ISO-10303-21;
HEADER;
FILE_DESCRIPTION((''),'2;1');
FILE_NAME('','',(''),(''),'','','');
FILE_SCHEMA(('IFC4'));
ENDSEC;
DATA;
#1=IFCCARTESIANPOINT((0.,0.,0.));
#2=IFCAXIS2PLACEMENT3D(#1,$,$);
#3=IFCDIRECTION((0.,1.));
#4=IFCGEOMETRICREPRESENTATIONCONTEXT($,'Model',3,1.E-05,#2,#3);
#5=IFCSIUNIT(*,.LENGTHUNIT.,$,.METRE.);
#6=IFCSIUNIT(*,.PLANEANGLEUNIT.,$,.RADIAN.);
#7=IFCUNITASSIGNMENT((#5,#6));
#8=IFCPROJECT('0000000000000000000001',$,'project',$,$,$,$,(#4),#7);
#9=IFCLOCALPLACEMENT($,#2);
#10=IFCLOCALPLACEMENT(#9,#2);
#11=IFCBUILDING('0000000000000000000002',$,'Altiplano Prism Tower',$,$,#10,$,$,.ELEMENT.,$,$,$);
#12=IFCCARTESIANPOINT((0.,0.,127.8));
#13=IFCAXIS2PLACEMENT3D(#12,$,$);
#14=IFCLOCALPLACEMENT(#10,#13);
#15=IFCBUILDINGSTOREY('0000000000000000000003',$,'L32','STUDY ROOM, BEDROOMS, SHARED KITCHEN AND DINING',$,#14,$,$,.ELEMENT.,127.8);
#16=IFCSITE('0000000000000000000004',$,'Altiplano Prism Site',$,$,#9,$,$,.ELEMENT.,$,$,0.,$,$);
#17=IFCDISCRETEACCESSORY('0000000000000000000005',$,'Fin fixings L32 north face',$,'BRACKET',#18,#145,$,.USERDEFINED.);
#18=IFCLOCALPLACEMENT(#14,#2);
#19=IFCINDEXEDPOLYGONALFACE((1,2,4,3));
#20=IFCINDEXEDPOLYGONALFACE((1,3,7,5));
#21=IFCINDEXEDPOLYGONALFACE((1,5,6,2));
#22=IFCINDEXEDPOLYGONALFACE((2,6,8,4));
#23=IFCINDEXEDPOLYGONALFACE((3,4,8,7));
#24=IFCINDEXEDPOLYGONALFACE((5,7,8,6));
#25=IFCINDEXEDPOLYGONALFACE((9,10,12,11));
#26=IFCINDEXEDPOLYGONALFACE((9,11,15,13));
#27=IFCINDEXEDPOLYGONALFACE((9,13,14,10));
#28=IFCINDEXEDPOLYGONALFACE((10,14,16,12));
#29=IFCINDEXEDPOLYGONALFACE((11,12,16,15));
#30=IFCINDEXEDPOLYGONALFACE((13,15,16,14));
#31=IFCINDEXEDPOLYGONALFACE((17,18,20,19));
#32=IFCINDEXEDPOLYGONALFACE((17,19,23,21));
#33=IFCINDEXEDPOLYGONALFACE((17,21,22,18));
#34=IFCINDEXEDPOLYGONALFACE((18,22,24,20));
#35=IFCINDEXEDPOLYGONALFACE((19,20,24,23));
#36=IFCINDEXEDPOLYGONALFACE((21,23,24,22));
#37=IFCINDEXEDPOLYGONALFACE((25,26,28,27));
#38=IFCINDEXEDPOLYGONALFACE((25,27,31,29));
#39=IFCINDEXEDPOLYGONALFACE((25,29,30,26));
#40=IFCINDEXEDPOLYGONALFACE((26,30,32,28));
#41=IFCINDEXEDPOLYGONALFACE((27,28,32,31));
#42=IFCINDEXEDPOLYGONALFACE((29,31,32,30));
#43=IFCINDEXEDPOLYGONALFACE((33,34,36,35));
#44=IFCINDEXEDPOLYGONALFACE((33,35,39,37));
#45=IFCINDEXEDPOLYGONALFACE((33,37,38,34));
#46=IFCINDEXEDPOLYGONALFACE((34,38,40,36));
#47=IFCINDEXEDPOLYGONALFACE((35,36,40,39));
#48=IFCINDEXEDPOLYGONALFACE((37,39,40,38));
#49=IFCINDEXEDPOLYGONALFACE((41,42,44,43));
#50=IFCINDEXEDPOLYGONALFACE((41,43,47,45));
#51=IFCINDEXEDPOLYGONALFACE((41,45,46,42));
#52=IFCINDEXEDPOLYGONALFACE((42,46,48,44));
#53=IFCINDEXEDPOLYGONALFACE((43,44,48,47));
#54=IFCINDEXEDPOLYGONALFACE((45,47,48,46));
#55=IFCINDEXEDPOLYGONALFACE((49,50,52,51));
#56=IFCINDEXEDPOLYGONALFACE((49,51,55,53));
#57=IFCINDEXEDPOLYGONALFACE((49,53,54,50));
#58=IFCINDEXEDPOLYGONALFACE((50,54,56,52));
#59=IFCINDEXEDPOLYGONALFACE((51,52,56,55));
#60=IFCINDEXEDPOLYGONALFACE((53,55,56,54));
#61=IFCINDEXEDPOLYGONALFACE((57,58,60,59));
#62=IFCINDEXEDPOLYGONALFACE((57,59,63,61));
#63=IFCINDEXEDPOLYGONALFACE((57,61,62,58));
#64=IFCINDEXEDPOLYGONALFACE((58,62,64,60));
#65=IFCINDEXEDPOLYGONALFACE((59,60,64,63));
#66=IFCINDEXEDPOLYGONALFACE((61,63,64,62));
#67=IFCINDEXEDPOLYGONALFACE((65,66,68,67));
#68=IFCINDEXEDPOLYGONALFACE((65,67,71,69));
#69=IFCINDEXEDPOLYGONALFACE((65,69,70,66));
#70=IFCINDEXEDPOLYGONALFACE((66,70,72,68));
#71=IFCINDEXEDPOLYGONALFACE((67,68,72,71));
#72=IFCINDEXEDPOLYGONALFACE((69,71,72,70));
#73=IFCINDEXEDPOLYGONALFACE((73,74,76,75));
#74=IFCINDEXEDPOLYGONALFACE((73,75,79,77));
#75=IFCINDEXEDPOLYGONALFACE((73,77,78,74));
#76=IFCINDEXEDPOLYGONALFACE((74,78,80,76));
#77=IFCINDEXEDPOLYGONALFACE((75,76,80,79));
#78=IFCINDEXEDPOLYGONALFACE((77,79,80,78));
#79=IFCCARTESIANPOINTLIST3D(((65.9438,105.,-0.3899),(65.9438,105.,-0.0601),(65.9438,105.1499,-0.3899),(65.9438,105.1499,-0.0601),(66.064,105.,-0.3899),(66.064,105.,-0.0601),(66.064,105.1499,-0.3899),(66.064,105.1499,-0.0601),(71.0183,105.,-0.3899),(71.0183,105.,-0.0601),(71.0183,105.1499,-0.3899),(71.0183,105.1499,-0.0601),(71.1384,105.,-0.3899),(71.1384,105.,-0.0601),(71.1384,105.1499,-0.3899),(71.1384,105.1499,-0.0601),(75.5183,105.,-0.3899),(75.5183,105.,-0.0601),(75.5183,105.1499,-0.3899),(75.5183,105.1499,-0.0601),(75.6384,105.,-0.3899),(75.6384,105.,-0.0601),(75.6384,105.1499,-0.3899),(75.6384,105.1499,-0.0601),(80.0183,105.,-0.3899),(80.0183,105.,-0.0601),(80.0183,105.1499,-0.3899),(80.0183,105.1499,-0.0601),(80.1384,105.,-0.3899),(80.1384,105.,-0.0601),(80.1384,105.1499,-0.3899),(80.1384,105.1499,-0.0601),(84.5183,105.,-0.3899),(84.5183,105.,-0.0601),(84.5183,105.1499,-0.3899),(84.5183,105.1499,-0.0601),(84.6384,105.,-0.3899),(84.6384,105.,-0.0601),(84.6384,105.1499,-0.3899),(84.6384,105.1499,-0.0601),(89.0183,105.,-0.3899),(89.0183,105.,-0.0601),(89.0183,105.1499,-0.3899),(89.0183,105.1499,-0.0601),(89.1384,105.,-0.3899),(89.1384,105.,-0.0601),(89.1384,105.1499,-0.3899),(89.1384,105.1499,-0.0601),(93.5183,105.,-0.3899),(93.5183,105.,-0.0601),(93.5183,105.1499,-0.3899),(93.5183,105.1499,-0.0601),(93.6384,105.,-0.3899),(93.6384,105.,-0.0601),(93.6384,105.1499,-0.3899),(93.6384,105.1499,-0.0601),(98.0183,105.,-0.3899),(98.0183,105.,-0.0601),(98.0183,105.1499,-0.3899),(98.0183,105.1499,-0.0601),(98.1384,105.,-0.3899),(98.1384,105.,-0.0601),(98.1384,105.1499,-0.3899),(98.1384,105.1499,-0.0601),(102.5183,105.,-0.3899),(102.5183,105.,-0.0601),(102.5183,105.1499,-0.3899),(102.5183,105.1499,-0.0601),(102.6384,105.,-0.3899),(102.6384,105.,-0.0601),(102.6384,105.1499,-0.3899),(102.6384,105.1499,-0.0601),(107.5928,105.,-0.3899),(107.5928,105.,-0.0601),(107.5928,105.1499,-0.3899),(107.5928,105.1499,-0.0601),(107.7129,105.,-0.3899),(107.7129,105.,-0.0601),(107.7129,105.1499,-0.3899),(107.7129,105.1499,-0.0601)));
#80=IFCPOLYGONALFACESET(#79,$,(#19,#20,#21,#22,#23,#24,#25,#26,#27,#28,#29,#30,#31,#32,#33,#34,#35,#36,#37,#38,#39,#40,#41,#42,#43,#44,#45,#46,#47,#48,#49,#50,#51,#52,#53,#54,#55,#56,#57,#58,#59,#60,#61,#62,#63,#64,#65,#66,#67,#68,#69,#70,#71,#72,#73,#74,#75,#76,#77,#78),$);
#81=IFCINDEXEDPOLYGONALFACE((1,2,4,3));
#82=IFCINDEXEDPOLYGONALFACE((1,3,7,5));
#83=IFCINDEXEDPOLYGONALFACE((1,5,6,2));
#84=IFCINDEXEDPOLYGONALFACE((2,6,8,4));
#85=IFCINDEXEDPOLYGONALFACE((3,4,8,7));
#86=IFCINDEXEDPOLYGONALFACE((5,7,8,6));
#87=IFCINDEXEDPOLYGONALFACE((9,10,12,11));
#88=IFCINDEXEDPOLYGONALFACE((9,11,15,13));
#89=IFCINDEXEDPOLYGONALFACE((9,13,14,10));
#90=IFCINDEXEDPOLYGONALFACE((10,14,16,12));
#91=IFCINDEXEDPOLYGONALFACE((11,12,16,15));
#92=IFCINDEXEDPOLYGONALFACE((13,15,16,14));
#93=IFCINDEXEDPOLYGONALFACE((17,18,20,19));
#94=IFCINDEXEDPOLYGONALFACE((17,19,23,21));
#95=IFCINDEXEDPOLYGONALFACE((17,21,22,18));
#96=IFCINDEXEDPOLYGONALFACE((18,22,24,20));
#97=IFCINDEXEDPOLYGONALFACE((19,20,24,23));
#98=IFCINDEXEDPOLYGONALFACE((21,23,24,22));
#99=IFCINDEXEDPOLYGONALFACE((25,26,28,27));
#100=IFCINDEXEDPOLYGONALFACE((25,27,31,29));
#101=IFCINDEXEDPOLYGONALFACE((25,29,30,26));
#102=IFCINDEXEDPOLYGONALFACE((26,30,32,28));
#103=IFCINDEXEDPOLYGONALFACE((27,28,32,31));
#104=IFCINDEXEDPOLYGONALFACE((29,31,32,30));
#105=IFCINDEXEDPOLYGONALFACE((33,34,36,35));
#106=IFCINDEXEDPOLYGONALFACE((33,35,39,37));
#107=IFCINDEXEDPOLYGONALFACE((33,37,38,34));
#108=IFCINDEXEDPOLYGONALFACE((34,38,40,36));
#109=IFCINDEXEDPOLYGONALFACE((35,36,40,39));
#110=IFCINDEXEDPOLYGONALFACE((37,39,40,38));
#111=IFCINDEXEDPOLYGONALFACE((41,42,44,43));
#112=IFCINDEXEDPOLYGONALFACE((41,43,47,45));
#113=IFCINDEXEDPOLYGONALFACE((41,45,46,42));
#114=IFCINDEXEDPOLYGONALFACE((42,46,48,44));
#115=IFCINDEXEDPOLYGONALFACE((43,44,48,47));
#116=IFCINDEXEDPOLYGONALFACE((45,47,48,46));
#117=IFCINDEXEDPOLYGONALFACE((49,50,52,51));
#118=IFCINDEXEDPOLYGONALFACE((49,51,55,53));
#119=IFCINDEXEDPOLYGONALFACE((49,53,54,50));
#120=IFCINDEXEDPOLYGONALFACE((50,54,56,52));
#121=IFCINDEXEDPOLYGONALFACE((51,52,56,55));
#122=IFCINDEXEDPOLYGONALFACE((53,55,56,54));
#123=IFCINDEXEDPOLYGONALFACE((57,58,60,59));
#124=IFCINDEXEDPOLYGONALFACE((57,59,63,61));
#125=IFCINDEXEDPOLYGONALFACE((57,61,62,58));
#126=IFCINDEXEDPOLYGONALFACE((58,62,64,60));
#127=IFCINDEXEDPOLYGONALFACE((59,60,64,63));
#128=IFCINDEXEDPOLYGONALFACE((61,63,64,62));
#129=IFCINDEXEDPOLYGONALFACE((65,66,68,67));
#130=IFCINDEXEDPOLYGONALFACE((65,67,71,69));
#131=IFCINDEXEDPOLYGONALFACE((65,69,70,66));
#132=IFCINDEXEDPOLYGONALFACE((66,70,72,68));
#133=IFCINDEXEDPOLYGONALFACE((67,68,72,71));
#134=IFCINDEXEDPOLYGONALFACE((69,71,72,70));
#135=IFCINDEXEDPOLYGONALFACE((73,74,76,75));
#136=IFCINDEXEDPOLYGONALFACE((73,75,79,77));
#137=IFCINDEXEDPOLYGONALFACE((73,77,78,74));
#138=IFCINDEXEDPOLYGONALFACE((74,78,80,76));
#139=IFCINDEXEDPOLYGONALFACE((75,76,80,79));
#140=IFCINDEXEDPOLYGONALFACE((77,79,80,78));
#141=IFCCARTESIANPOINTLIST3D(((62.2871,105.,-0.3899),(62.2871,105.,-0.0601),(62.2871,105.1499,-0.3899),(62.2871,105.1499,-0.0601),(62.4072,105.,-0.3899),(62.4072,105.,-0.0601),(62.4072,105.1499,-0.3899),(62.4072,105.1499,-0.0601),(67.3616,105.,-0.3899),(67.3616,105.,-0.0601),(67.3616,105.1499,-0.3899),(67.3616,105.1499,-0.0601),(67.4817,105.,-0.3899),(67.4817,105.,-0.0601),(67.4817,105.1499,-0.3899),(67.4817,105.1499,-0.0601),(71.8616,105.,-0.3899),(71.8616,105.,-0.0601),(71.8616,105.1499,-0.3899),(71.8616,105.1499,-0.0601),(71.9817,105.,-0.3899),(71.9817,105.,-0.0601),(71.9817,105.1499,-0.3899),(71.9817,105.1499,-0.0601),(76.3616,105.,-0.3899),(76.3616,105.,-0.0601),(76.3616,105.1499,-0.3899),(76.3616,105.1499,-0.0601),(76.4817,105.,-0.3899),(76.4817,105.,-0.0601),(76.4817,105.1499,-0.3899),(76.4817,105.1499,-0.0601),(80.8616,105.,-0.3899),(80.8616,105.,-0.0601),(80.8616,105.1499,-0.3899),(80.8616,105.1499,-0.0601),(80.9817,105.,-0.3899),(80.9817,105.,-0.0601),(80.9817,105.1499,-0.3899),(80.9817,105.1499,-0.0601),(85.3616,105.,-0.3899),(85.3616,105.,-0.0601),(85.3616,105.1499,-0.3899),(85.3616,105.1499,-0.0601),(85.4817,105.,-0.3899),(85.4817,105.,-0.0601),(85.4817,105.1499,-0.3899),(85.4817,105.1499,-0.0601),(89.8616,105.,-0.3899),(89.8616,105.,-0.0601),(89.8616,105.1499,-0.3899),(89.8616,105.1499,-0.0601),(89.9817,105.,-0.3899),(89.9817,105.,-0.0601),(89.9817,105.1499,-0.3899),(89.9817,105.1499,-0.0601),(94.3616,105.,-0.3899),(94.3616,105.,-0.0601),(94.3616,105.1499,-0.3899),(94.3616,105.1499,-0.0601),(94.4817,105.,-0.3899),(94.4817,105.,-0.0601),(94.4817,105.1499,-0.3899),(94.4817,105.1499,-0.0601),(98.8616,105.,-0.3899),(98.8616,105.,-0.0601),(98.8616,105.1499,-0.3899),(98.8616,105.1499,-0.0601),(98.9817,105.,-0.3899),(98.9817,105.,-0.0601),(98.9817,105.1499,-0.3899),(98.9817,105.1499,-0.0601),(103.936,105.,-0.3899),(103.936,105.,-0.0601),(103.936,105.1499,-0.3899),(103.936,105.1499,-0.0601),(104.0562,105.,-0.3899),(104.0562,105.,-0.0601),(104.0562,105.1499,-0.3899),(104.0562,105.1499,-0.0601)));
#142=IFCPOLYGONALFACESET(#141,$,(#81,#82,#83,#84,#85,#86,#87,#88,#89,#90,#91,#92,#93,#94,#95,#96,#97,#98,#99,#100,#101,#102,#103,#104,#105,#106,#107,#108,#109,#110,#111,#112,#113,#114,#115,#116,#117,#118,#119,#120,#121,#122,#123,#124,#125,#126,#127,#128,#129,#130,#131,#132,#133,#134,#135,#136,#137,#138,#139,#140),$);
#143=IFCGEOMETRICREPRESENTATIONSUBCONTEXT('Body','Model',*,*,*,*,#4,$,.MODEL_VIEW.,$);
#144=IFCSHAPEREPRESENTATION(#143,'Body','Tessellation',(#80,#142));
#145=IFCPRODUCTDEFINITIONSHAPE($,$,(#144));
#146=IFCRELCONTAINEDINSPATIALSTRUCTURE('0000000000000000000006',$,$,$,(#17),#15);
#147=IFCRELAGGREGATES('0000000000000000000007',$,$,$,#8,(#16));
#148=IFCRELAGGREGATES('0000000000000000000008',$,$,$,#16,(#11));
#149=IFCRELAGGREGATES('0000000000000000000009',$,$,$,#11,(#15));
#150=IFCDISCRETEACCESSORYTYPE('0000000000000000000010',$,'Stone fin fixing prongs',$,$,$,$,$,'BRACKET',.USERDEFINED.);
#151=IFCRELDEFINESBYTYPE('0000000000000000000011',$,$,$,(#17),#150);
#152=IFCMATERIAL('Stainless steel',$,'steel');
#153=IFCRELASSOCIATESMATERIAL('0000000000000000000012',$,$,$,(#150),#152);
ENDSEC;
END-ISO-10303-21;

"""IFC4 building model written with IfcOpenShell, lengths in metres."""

from ifc_helpers import new_model, si_unit, direction, frame, origin, place, context, subcontext, project, spatial, polyline, outline, extrude, source, transform, mapped, material, type_object, element, save


model = new_model("IFC4")

# Units and contexts
model_context = context("Model", 3, precision=1e-05, world=origin(), true_north=direction((0.0, 1.0)))
body_context = subcontext(model_context, "Body", "Model", "MODEL_VIEW")
ifc_project = project(units=[si_unit("LENGTHUNIT", "METRE"), si_unit("PLANEANGLEUNIT", "RADIAN")], contexts=[model_context])

# Site, building, storey
site_placement = place(None, origin())
site = spatial("IfcSite", under=ifc_project, at=site_placement, Name="Altiplano Prism Site", CompositionType="ELEMENT", RefElevation=0.0)
building_placement = place(site_placement, origin())
building = spatial("IfcBuilding", under=site, at=building_placement, Name="Altiplano Prism Tower", CompositionType="ELEMENT")
storey_placement = place(building_placement, frame((0.0, 0.0, 127.8)))
storey = spatial("IfcBuildingStorey", under=building, at=storey_placement, Name="L32", Description="STUDY ROOM, BEDROOMS, SHARED KITCHEN AND DINING", CompositionType="ELEMENT", Elevation=127.8)

# Discrete accessory
ifc_material_1 = material(Name="Stainless steel", Category="steel")
discrete_accessory_type = type_object("IfcDiscreteAccessoryType", Name="Stone fin fixing prongs", ElementType="BRACKET", PredefinedType="USERDEFINED", material=ifc_material_1)
shared_shape_1 = source(origin(), body_context, "Body", "SweptSolid", [
    extrude(outline(polyline([(-1.8884, 0.0601), (-1.7683, 0.0601), (-1.7683, 0.3899), (-1.8884, 0.3899), (-1.8884, 0.0601)])), frame((0.0, 0.0, 0.0), z_axis=(0.0, -1.0, 0.0), x_axis=(1.0, 0.0, 0.0)), (0.0, 0.0, 1.0), 0.1499),
    extrude(outline(polyline([(1.7683, 0.0601), (1.8884, 0.0601), (1.8884, 0.3899), (1.7683, 0.3899), (1.7683, 0.0601)])), frame((0.0, 0.0, 0.0), z_axis=(0.0, -1.0, 0.0), x_axis=(1.0, 0.0, 0.0)), (0.0, 0.0, 1.0), 0.1499),
])
shared_shape_2 = source(origin(), body_context, "Body", "SweptSolid", [
    extrude(outline(polyline([(-1.8884, 0.0601), (-1.7683, 0.0601), (-1.7683, 0.3899), (-1.8884, 0.3899), (-1.8884, 0.0601)])), frame((0.0, 0.0, 0.0), z_axis=(0.0, -1.0, 0.0), x_axis=(1.0, 0.0, 0.0)), (0.0, 0.0, 1.0), 0.1499),
    extrude(outline(polyline([(1.7683, 0.0601), (1.8884, 0.0601), (1.8884, 0.3899), (1.7683, 0.3899), (1.7683, 0.0601)])), frame((0.0, 0.0, 0.0), z_axis=(0.0, -1.0, 0.0), x_axis=(1.0, 0.0, 0.0)), (0.0, 0.0, 1.0), 0.1499),
])
discrete_accessory_1_placement = place(storey_placement, origin())
element("IfcDiscreteAccessory", 1, at=discrete_accessory_1_placement, inside=storey, type_object=discrete_accessory_type, Name="Fin fixings L32 north face", ObjectType="BRACKET", PredefinedType="USERDEFINED", context=body_context, shape_type="MappedRepresentation", body=[
    mapped(shared_shape_1, transform((105.8245, 105.0, -0.45), x_axis=(-1.0, 0.0, 0.0), y_axis=(0.0, -1.0, 0.0), z_axis=(0.0, 0.0, 1.0))),
    mapped(shared_shape_2, transform((100.75, 105.0, -0.45), x_axis=(-1.0, 0.0, 0.0), y_axis=(0.0, -1.0, 0.0), z_axis=(0.0, 0.0, 1.0))),
    mapped(shared_shape_2, transform((96.25, 105.0, -0.45), x_axis=(-1.0, 0.0, 0.0), y_axis=(0.0, -1.0, 0.0), z_axis=(0.0, 0.0, 1.0))),
    mapped(shared_shape_2, transform((91.75, 105.0, -0.45), x_axis=(-1.0, 0.0, 0.0), y_axis=(0.0, -1.0, 0.0), z_axis=(0.0, 0.0, 1.0))),
    mapped(shared_shape_2, transform((87.25, 105.0, -0.45), x_axis=(-1.0, 0.0, 0.0), y_axis=(0.0, -1.0, 0.0), z_axis=(0.0, 0.0, 1.0))),
    mapped(shared_shape_2, transform((82.75, 105.0, -0.45), x_axis=(-1.0, 0.0, 0.0), y_axis=(0.0, -1.0, 0.0), z_axis=(0.0, 0.0, 1.0))),
    mapped(shared_shape_2, transform((78.25, 105.0, -0.45), x_axis=(-1.0, 0.0, 0.0), y_axis=(0.0, -1.0, 0.0), z_axis=(0.0, 0.0, 1.0))),
    mapped(shared_shape_2, transform((73.75, 105.0, -0.45), x_axis=(-1.0, 0.0, 0.0), y_axis=(0.0, -1.0, 0.0), z_axis=(0.0, 0.0, 1.0))),
    mapped(shared_shape_2, transform((69.25, 105.0, -0.45), x_axis=(-1.0, 0.0, 0.0), y_axis=(0.0, -1.0, 0.0), z_axis=(0.0, 0.0, 1.0))),
    mapped(shared_shape_1, transform((64.1755, 105.0, -0.45), x_axis=(-1.0, 0.0, 0.0), y_axis=(0.0, -1.0, 0.0), z_axis=(0.0, 0.0, 1.0))),
])

save(model, "model.ifc")
